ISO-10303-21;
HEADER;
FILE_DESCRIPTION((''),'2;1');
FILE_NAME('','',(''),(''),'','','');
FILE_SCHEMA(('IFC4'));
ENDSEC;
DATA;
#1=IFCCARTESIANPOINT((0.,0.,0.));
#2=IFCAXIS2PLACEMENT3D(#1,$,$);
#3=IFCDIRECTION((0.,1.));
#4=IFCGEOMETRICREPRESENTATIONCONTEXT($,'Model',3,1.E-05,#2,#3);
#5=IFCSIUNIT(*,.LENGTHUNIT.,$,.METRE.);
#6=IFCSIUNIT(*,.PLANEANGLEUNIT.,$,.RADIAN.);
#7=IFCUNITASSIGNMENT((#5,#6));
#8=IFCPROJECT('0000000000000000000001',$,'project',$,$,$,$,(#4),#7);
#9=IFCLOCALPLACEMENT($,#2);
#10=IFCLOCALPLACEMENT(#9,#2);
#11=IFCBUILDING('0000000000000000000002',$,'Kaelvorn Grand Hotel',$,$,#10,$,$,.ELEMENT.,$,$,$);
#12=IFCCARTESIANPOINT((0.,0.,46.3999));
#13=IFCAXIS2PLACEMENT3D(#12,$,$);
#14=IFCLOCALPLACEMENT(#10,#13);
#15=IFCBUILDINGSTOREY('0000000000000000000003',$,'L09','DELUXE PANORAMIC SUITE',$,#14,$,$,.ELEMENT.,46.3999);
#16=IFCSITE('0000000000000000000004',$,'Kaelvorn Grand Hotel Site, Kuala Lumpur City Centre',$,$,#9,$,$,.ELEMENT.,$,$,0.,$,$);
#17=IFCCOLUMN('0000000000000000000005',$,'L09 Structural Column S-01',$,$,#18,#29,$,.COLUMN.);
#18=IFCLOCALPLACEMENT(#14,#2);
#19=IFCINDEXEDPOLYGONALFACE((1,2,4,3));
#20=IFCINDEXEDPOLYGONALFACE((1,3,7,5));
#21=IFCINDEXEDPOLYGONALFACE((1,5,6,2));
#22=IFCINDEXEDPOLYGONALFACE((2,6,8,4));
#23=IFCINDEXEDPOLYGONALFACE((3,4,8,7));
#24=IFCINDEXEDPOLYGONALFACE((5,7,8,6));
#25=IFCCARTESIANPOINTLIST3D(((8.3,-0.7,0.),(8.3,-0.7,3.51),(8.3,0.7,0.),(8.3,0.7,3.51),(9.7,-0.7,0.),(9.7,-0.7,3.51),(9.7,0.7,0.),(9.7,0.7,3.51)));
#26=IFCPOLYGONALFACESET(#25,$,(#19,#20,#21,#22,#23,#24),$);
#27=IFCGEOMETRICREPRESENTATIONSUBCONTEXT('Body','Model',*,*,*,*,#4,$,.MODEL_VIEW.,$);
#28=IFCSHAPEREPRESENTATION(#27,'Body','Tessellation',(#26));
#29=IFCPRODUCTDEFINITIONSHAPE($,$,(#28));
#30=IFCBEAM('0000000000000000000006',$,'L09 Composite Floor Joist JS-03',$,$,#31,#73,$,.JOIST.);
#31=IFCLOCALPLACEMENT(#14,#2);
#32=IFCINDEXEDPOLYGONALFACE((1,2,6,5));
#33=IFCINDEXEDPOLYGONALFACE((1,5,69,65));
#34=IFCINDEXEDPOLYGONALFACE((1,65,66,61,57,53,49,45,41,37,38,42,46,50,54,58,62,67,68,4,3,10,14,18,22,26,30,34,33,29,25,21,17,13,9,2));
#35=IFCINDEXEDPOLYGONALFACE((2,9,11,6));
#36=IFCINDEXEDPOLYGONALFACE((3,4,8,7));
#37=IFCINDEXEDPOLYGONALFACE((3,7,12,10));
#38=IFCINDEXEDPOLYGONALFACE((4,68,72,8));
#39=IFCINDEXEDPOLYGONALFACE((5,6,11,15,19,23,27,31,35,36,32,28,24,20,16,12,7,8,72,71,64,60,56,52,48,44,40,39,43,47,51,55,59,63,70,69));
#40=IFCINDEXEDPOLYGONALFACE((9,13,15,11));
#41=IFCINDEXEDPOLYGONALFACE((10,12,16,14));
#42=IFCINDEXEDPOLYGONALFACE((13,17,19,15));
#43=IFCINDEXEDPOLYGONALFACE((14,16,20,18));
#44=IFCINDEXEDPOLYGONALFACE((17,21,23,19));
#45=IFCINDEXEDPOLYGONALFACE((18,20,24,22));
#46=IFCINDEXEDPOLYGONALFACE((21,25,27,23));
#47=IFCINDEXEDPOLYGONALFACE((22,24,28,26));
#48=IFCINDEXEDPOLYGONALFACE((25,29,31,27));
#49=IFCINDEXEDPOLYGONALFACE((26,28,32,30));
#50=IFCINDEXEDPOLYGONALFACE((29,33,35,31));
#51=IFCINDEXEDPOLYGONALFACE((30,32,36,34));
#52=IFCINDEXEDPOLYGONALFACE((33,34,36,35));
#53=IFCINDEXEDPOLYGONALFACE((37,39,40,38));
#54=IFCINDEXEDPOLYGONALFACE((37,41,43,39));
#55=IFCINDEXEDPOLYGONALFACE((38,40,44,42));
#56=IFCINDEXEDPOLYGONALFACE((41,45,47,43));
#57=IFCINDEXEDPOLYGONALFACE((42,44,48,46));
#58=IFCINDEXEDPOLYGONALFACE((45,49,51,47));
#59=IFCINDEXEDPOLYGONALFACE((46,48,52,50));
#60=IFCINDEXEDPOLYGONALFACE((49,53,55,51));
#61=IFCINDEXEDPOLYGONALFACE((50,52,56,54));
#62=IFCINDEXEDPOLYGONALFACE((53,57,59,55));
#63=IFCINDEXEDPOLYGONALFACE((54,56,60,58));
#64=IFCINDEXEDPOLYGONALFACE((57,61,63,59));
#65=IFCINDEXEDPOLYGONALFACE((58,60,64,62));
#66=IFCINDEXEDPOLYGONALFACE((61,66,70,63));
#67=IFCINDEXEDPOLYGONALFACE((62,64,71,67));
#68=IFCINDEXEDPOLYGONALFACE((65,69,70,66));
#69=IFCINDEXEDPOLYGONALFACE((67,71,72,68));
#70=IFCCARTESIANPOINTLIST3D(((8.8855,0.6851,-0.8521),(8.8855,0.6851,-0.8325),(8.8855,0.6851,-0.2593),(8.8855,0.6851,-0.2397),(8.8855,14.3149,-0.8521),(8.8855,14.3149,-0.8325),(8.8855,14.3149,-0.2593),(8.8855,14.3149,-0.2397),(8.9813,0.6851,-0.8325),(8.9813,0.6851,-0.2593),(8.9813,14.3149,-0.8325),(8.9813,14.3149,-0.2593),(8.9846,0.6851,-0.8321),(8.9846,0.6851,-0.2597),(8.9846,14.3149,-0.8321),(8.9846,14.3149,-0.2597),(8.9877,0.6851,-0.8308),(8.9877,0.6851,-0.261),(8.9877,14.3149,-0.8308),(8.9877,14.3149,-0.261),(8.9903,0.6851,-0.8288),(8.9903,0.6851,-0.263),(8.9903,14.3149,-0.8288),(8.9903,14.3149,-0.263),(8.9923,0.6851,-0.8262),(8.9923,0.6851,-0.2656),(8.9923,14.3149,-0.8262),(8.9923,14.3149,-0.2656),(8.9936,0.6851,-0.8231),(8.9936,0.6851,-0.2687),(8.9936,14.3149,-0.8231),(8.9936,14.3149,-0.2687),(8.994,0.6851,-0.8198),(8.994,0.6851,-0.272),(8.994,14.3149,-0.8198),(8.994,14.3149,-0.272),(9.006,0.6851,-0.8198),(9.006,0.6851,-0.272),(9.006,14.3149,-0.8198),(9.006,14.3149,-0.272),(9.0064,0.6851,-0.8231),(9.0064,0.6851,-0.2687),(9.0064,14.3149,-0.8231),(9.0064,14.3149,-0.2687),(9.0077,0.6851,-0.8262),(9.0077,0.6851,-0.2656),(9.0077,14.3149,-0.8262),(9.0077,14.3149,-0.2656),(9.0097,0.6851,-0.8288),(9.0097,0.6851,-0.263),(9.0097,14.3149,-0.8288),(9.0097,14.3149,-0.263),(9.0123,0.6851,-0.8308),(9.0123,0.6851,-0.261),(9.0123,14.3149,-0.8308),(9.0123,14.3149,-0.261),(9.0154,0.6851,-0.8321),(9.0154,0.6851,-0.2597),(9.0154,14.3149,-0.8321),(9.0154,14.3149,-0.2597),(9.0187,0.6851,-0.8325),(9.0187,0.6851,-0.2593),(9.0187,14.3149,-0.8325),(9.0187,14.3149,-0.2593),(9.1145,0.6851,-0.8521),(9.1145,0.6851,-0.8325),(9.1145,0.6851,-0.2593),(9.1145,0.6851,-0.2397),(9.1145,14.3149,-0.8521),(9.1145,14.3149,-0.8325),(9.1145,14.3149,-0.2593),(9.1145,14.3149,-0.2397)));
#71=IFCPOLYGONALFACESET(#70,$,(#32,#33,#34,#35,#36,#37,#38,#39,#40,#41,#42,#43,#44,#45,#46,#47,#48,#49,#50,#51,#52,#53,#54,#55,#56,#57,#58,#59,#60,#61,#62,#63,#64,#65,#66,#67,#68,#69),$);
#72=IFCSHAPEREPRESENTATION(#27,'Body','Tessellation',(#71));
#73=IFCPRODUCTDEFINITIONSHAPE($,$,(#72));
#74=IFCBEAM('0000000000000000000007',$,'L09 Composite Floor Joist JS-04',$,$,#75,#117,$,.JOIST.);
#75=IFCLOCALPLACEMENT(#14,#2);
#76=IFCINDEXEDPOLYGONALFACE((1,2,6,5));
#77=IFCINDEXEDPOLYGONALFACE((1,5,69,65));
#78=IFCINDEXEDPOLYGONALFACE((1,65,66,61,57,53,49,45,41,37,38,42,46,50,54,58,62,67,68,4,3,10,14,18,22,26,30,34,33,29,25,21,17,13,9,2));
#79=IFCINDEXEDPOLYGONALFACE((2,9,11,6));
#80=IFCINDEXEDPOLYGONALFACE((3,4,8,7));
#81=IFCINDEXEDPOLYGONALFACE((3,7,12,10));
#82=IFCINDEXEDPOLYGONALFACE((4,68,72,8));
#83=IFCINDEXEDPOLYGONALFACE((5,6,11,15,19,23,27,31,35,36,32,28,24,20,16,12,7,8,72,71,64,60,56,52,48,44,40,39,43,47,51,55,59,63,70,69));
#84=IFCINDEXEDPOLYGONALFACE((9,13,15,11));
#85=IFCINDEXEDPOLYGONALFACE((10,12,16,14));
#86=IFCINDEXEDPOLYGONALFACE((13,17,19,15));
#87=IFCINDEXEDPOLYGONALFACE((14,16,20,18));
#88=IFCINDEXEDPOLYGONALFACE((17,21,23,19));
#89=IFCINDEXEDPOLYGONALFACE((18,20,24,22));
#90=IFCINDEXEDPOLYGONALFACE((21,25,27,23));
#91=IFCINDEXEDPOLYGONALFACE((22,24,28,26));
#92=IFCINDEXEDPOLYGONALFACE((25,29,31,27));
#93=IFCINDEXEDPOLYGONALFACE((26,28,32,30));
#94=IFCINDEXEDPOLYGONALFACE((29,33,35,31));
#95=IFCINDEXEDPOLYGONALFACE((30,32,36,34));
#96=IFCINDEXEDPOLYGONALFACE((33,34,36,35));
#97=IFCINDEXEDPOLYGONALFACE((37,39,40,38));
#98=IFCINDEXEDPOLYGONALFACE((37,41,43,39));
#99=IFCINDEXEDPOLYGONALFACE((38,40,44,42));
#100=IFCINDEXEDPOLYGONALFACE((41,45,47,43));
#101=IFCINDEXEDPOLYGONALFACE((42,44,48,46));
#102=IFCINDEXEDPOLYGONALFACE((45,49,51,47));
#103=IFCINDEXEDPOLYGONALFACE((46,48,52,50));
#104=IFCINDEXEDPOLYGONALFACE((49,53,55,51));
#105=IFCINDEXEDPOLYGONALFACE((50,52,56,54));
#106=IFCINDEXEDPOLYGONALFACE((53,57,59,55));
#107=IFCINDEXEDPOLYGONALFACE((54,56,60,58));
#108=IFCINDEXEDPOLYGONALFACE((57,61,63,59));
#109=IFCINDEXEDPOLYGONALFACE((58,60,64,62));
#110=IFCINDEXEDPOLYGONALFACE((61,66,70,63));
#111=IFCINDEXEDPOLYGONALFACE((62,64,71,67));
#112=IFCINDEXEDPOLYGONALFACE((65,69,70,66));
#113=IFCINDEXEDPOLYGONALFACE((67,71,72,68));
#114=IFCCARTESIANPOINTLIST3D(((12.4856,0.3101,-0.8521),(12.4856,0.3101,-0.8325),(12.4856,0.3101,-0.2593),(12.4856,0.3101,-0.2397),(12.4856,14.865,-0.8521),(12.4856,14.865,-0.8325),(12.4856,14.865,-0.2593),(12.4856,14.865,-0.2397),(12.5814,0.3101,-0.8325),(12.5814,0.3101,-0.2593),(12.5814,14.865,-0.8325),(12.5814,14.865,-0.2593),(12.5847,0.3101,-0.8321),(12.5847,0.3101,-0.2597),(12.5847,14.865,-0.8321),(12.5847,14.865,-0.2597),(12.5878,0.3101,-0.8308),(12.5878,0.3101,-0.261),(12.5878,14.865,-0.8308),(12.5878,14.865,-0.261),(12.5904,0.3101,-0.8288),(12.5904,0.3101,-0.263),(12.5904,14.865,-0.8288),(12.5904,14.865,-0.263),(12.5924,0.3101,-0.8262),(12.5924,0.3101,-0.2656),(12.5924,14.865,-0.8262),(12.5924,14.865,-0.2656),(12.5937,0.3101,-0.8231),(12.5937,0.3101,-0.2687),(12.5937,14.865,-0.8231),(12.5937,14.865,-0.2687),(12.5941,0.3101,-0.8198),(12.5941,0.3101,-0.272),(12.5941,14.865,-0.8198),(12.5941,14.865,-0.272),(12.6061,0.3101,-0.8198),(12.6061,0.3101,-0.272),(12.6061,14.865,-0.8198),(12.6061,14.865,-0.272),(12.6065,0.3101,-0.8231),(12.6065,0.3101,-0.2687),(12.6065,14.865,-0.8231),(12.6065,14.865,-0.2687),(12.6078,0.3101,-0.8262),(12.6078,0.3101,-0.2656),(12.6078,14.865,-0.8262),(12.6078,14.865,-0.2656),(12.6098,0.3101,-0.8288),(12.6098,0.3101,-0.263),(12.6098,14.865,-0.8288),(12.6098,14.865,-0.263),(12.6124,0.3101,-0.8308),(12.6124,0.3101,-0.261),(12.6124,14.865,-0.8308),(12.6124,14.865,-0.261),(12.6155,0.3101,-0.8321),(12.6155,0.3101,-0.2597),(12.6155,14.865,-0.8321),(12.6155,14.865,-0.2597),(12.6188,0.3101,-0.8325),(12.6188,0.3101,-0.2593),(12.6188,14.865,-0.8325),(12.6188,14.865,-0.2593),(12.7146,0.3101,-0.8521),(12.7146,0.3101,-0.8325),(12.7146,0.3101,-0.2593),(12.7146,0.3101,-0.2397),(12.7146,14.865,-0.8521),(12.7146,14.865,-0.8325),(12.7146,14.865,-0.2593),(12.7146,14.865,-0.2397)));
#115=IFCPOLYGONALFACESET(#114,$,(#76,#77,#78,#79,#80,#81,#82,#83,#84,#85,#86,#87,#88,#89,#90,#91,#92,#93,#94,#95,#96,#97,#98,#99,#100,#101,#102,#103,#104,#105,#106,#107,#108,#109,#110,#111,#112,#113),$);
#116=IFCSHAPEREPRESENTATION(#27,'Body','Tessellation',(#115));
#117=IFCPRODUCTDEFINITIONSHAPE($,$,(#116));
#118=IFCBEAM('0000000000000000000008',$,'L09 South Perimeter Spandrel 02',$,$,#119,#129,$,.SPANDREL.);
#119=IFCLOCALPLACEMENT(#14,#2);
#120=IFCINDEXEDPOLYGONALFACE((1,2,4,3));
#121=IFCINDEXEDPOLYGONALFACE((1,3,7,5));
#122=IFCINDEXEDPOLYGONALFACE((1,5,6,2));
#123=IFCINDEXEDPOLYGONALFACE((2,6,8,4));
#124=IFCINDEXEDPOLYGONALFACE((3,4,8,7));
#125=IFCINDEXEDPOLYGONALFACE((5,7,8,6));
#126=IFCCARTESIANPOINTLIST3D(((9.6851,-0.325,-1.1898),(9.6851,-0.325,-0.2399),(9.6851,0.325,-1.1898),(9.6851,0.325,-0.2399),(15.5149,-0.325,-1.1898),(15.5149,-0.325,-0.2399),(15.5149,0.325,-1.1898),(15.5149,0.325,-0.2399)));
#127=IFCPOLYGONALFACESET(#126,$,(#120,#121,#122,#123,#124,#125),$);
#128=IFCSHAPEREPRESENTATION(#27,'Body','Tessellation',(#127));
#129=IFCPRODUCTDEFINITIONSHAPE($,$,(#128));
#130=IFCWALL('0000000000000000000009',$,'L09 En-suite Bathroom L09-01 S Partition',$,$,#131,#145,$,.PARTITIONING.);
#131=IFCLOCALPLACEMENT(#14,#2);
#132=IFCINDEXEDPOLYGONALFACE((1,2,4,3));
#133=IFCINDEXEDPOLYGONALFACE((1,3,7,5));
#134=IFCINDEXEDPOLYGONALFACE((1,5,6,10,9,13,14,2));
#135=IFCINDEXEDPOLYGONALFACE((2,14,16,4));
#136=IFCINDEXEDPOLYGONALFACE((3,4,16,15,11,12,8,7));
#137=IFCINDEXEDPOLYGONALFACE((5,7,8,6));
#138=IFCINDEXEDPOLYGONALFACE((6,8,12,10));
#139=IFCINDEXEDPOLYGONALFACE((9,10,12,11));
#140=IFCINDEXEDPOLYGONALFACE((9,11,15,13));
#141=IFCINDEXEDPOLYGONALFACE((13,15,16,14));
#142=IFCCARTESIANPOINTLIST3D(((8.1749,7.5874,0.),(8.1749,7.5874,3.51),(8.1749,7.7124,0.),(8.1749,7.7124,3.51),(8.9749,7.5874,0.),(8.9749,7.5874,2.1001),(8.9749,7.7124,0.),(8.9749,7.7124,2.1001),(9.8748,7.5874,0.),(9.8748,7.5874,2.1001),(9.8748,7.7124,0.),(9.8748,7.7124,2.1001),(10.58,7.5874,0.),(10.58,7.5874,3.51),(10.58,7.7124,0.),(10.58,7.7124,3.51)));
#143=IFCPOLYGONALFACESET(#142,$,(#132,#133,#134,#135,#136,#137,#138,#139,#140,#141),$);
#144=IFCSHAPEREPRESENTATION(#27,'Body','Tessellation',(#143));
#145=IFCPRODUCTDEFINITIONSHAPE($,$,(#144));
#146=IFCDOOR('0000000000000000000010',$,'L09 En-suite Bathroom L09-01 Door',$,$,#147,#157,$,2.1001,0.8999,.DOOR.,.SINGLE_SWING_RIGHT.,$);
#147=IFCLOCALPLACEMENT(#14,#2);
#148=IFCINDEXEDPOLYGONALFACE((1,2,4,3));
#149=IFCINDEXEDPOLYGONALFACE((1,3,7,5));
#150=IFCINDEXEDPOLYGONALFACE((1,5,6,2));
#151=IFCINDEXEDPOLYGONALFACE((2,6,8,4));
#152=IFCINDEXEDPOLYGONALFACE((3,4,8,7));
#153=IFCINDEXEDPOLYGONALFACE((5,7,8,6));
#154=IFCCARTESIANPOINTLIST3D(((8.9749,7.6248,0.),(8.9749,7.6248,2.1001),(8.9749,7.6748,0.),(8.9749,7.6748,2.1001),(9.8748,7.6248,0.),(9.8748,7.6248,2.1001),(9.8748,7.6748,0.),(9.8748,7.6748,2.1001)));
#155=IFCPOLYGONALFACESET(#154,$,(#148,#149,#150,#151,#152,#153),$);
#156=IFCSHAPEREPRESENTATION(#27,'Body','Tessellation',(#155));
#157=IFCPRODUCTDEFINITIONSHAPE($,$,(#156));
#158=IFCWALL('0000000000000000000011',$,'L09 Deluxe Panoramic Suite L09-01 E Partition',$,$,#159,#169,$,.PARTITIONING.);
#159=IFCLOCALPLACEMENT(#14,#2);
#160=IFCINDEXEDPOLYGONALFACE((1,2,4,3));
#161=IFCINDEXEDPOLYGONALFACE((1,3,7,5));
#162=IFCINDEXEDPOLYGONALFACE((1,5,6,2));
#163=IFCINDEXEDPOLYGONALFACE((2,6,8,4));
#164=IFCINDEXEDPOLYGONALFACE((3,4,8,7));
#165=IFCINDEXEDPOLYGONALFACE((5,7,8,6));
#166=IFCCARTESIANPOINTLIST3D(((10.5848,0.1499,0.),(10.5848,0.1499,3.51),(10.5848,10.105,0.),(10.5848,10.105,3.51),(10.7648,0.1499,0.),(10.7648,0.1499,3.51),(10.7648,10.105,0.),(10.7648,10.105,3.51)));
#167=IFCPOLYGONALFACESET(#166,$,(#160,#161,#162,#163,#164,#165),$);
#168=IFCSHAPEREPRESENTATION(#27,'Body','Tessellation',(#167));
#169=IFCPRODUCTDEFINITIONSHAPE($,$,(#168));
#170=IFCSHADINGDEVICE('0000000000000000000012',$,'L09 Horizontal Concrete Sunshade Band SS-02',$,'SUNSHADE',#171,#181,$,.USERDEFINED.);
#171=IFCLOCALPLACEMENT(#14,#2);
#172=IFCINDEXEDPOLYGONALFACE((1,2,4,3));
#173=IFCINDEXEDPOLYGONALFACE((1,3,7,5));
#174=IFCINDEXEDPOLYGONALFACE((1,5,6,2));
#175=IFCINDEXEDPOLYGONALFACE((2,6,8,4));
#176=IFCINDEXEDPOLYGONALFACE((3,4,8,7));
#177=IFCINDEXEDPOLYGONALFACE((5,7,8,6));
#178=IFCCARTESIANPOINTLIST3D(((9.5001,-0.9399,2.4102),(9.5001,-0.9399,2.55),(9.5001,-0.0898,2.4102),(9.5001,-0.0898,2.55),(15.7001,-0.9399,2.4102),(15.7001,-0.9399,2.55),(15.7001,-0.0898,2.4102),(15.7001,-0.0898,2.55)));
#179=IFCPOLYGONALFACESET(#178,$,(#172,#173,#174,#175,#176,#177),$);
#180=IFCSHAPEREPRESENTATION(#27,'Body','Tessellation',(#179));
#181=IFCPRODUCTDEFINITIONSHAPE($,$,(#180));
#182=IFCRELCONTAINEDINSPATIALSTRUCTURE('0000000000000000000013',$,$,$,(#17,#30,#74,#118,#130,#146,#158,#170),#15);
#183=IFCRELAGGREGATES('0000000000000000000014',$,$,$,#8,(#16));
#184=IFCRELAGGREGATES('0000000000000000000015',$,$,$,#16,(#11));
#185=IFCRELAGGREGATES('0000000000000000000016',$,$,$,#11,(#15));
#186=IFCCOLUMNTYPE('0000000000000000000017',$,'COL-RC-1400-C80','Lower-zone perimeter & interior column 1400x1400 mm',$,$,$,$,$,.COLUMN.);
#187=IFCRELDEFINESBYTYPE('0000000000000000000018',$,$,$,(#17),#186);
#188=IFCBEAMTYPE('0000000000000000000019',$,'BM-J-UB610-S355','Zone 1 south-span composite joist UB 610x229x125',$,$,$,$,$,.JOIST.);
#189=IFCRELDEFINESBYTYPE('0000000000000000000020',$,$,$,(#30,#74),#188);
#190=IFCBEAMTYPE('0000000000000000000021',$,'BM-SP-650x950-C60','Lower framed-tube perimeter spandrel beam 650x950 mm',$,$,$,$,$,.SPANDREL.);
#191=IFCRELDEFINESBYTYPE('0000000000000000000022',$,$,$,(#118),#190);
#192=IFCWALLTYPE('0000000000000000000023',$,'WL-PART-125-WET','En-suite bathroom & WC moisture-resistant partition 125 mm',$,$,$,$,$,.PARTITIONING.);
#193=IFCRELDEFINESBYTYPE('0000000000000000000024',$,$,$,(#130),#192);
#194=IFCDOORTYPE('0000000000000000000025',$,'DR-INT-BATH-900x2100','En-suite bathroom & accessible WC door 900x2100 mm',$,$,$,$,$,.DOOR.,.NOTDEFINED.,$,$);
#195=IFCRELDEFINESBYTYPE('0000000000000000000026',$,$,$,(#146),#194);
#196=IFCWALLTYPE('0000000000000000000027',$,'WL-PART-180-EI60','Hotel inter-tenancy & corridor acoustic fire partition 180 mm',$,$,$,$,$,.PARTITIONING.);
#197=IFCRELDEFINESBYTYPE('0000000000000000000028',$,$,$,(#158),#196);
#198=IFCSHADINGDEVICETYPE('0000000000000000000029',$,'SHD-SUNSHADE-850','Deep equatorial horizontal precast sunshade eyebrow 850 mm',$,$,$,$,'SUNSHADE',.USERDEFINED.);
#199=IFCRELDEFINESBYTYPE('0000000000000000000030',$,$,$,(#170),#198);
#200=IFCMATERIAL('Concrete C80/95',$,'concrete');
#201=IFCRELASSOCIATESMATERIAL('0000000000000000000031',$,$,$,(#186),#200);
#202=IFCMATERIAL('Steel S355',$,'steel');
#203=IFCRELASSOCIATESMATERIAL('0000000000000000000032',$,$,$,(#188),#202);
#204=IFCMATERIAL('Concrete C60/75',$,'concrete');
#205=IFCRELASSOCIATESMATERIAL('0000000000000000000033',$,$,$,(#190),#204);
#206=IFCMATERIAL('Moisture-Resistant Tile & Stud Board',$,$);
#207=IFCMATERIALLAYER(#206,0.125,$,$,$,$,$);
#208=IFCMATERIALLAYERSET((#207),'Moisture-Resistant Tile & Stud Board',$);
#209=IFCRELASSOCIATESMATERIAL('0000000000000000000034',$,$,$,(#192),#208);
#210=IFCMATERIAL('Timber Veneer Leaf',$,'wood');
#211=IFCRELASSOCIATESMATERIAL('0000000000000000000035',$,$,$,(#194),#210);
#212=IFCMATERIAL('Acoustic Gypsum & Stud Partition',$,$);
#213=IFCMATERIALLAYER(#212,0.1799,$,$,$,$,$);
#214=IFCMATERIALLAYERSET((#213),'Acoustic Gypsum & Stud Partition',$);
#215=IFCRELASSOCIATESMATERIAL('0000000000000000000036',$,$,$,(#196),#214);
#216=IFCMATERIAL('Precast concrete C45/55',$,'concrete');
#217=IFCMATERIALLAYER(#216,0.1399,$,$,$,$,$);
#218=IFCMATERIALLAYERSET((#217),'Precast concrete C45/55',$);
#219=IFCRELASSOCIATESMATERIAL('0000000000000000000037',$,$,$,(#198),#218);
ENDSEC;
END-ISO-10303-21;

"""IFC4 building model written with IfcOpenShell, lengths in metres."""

from ifc_helpers import new_model, si_unit, direction, frame, frame_2d, origin, origin_2d, place, context, subcontext, project, spatial, rectangle, i_section, extrude, material, layer, layer_set, material_profile, profile_set, type_object, element, fill, save


model = new_model("IFC4")

# Units and contexts
model_context = context("Model", 3, precision=1e-05, world=origin(), true_north=direction((0.0, 1.0)))
body_context = subcontext(model_context, "Body", "Model", "MODEL_VIEW")
ifc_project = project(units=[si_unit("LENGTHUNIT", "METRE"), si_unit("PLANEANGLEUNIT", "RADIAN")], contexts=[model_context])

# Site, building, storey
site_placement = place(None, origin())
site = spatial("IfcSite", under=ifc_project, at=site_placement, Name="Kaelvorn Grand Hotel Site, Kuala Lumpur City Centre", CompositionType="ELEMENT", RefElevation=0.0)
building_placement = place(site_placement, origin())
building = spatial("IfcBuilding", under=site, at=building_placement, Name="Kaelvorn Grand Hotel", CompositionType="ELEMENT")
storey_placement = place(building_placement, frame((0.0, 0.0, 46.3999)))
storey = spatial("IfcBuildingStorey", under=building, at=storey_placement, Name="L09", Description="DELUXE PANORAMIC SUITE", CompositionType="ELEMENT", Elevation=46.3999)

# Column
ifc_material_1 = material(Name="Concrete C80/95", Category="concrete")
ifc_material_profile_1 = material_profile(ifc_material_1, rectangle(XDim=1.3999, YDim=1.3999, at=origin_2d()), Name="RC COL 1400x1400")
ifc_profile_set_1 = profile_set([ifc_material_profile_1], Name="Concrete C80/95")
column_type = type_object("IfcColumnType", Name="COL-RC-1400-C80", Description="Lower-zone perimeter & interior column 1400x1400 mm", PredefinedType="COLUMN", material=ifc_profile_set_1)
column_placement = place(storey_placement, frame((9.0, 0.0, 0.0), z_axis=(0.0, 0.0, 1.0), x_axis=(1.0, 0.0, 0.0)))
element("IfcColumn", 1, at=column_placement, inside=storey, type_object=column_type, Name="L09 Structural Column S-01", PredefinedType="COLUMN", context=body_context, shape_type="SweptSolid", body=[
    extrude(rectangle(XDim=1.3999, YDim=1.3999, at=origin_2d()), origin(), (0.0, 0.0, 1.0), 3.51),
])

# Beams
ifc_material_2 = material(Name="Steel S355", Category="steel")
ifc_material_profile_2 = material_profile(ifc_material_2, i_section(OverallWidth=0.229, OverallDepth=0.6123, WebThickness=0.012, FlangeThickness=0.0195, FilletRadius=0.0127, at=origin_2d()), Name="UB 610x229x125")
ifc_profile_set_2 = profile_set([ifc_material_profile_2], Name="Steel S355")
beam_type_1 = type_object("IfcBeamType", Name="BM-J-UB610-S355", Description="Zone 1 south-span composite joist UB 610x229x125", PredefinedType="JOIST", material=ifc_profile_set_2)
beam_1_placement = place(storey_placement, frame((9.0, 0.6851, -0.5459), z_axis=(0.0, 1.0, 0.0), x_axis=(-1.0, 0.0, 0.0)))
element("IfcBeam", 2, at=beam_1_placement, inside=storey, type_object=beam_type_1, Name="L09 Composite Floor Joist JS-03", PredefinedType="JOIST", context=body_context, shape_type="SweptSolid", body=[
    extrude(i_section(OverallWidth=0.229, OverallDepth=0.6123, WebThickness=0.012, FlangeThickness=0.0195, FilletRadius=0.0127, at=origin_2d()), origin(), (0.0, 0.0, 1.0), 13.6299),
])
beam_2_placement = place(storey_placement, frame((12.6001, 0.3101, -0.5459), z_axis=(0.0, 1.0, 0.0), x_axis=(-1.0, 0.0, 0.0)))
element("IfcBeam", 3, at=beam_2_placement, inside=storey, type_object=beam_type_1, Name="L09 Composite Floor Joist JS-04", PredefinedType="JOIST", context=body_context, shape_type="SweptSolid", body=[
    extrude(i_section(OverallWidth=0.229, OverallDepth=0.6123, WebThickness=0.012, FlangeThickness=0.0195, FilletRadius=0.0127, at=origin_2d()), origin(), (0.0, 0.0, 1.0), 14.5549),
])
ifc_material_3 = material(Name="Concrete C60/75", Category="concrete")
ifc_material_profile_3 = material_profile(ifc_material_3, rectangle(XDim=0.6499, YDim=0.95, at=origin_2d()), Name="RC SPANDREL 650x950")
ifc_profile_set_3 = profile_set([ifc_material_profile_3], Name="Concrete C60/75")
beam_type_2 = type_object("IfcBeamType", Name="BM-SP-650x950-C60", Description="Lower framed-tube perimeter spandrel beam 650x950 mm", PredefinedType="SPANDREL", material=ifc_profile_set_3)
beam_3_placement = place(storey_placement, frame((9.6851, 0.0, -0.7148), z_axis=(1.0, 0.0, 0.0), x_axis=(0.0, 1.0, 0.0)))
element("IfcBeam", 4, at=beam_3_placement, inside=storey, type_object=beam_type_2, Name="L09 South Perimeter Spandrel 02", PredefinedType="SPANDREL", context=body_context, shape_type="SweptSolid", body=[
    extrude(rectangle(XDim=0.6499, YDim=0.95, at=origin_2d()), origin(), (0.0, 0.0, 1.0), 5.8298),
])

# Wall, opening, door
ifc_material_4 = material(Name="Moisture-Resistant Tile & Stud Board")
ifc_layer_1 = layer(ifc_material_4, 0.125)
ifc_layer_set_1 = layer_set([ifc_layer_1], Name="Moisture-Resistant Tile & Stud Board")
wall_type_1 = type_object("IfcWallType", Name="WL-PART-125-WET", Description="En-suite bathroom & WC moisture-resistant partition 125 mm", PredefinedType="PARTITIONING", material=ifc_layer_set_1)
wall_1_placement = place(storey_placement, frame((8.1748, 7.6499, 0.0), z_axis=(0.0, 0.0, 1.0), x_axis=(1.0, 0.0, 0.0)))
wall_1 = element("IfcWall", 5, at=wall_1_placement, inside=storey, type_object=wall_type_1, Name="L09 En-suite Bathroom L09-01 S Partition", PredefinedType="PARTITIONING", context=body_context, shape_type="SweptSolid", body=[
    extrude(rectangle(XDim=2.405, YDim=0.125, at=frame_2d((1.2026, 0.0))), origin(), (0.0, 0.0, 1.0), 3.51),
])
opening_placement = place(wall_1_placement, frame((0.8, 0.0, 0.0)))
opening = element("IfcOpeningElement", 6, at=opening_placement, cuts=wall_1, PredefinedType="OPENING", context=body_context, shape_type="SweptSolid", body=[
    extrude(rectangle(XDim=0.8999, YDim=2.1001, at=frame_2d((0.45, 1.05))), frame((0.0, 0.0725, 0.0), z_axis=(0.0, -1.0, 0.0), x_axis=(1.0, 0.0, 0.0)), (0.0, 0.0, 1.0), 0.145),
])
ifc_material_5 = material(Name="Timber Veneer Leaf", Category="wood")
door_type = type_object("IfcDoorType", Name="DR-INT-BATH-900x2100", Description="En-suite bathroom & accessible WC door 900x2100 mm", OperationType="NOTDEFINED", PredefinedType="DOOR", material=ifc_material_5)
door_placement = place(opening_placement, origin())
door = element("IfcDoor", 7, at=door_placement, inside=storey, type_object=door_type, Name="L09 En-suite Bathroom L09-01 Door", OperationType="SINGLE_SWING_RIGHT", OverallHeight=2.1001, OverallWidth=0.8999, PredefinedType="DOOR", context=body_context, shape_type="SweptSolid", body=[
    extrude(rectangle(XDim=0.8999, YDim=2.1001, at=frame_2d((0.45, 1.05))), frame((0.0, 0.0249, 0.0), z_axis=(0.0, -1.0, 0.0), x_axis=(1.0, 0.0, 0.0)), (0.0, 0.0, 1.0), 0.05),
])
fill(opening, door)

# Wall
ifc_material_6 = material(Name="Acoustic Gypsum & Stud Partition")
ifc_layer_2 = layer(ifc_material_6, 0.1799)
ifc_layer_set_2 = layer_set([ifc_layer_2], Name="Acoustic Gypsum & Stud Partition")
wall_type_2 = type_object("IfcWallType", Name="WL-PART-180-EI60", Description="Hotel inter-tenancy & corridor acoustic fire partition 180 mm", PredefinedType="PARTITIONING", material=ifc_layer_set_2)
wall_2_placement = place(storey_placement, frame((10.6748, 0.1499, 0.0), z_axis=(0.0, 0.0, 1.0), x_axis=(0.0, 1.0, 0.0)))
element("IfcWall", 8, at=wall_2_placement, inside=storey, type_object=wall_type_2, Name="L09 Deluxe Panoramic Suite L09-01 E Partition", PredefinedType="PARTITIONING", context=body_context, shape_type="SweptSolid", body=[
    extrude(rectangle(XDim=9.9551, YDim=0.1799, at=frame_2d((4.9775, 0.0))), origin(), (0.0, 0.0, 1.0), 3.51),
])

# Shading device
ifc_material_7 = material(Name="Precast concrete C45/55", Category="concrete")
ifc_layer_3 = layer(ifc_material_7, 0.1399)
ifc_layer_set_3 = layer_set([ifc_layer_3], Name="Precast concrete C45/55")
shading_device_type = type_object("IfcShadingDeviceType", Name="SHD-SUNSHADE-850", Description="Deep equatorial horizontal precast sunshade eyebrow 850 mm", ElementType="SUNSHADE", PredefinedType="USERDEFINED", material=ifc_layer_set_3)
shading_device_placement = place(storey_placement, frame((12.6001, -0.5149, 2.4102), z_axis=(0.0, 0.0, 1.0), x_axis=(1.0, 0.0, 0.0)))
element("IfcShadingDevice", 9, at=shading_device_placement, inside=storey, type_object=shading_device_type, Name="L09 Horizontal Concrete Sunshade Band SS-02", ObjectType="SUNSHADE", PredefinedType="USERDEFINED", context=body_context, shape_type="SweptSolid", body=[
    extrude(rectangle(XDim=6.2, YDim=0.8501, at=origin_2d()), origin(), (0.0, 0.0, 1.0), 0.1399),
])

save(model, "model.ifc")
